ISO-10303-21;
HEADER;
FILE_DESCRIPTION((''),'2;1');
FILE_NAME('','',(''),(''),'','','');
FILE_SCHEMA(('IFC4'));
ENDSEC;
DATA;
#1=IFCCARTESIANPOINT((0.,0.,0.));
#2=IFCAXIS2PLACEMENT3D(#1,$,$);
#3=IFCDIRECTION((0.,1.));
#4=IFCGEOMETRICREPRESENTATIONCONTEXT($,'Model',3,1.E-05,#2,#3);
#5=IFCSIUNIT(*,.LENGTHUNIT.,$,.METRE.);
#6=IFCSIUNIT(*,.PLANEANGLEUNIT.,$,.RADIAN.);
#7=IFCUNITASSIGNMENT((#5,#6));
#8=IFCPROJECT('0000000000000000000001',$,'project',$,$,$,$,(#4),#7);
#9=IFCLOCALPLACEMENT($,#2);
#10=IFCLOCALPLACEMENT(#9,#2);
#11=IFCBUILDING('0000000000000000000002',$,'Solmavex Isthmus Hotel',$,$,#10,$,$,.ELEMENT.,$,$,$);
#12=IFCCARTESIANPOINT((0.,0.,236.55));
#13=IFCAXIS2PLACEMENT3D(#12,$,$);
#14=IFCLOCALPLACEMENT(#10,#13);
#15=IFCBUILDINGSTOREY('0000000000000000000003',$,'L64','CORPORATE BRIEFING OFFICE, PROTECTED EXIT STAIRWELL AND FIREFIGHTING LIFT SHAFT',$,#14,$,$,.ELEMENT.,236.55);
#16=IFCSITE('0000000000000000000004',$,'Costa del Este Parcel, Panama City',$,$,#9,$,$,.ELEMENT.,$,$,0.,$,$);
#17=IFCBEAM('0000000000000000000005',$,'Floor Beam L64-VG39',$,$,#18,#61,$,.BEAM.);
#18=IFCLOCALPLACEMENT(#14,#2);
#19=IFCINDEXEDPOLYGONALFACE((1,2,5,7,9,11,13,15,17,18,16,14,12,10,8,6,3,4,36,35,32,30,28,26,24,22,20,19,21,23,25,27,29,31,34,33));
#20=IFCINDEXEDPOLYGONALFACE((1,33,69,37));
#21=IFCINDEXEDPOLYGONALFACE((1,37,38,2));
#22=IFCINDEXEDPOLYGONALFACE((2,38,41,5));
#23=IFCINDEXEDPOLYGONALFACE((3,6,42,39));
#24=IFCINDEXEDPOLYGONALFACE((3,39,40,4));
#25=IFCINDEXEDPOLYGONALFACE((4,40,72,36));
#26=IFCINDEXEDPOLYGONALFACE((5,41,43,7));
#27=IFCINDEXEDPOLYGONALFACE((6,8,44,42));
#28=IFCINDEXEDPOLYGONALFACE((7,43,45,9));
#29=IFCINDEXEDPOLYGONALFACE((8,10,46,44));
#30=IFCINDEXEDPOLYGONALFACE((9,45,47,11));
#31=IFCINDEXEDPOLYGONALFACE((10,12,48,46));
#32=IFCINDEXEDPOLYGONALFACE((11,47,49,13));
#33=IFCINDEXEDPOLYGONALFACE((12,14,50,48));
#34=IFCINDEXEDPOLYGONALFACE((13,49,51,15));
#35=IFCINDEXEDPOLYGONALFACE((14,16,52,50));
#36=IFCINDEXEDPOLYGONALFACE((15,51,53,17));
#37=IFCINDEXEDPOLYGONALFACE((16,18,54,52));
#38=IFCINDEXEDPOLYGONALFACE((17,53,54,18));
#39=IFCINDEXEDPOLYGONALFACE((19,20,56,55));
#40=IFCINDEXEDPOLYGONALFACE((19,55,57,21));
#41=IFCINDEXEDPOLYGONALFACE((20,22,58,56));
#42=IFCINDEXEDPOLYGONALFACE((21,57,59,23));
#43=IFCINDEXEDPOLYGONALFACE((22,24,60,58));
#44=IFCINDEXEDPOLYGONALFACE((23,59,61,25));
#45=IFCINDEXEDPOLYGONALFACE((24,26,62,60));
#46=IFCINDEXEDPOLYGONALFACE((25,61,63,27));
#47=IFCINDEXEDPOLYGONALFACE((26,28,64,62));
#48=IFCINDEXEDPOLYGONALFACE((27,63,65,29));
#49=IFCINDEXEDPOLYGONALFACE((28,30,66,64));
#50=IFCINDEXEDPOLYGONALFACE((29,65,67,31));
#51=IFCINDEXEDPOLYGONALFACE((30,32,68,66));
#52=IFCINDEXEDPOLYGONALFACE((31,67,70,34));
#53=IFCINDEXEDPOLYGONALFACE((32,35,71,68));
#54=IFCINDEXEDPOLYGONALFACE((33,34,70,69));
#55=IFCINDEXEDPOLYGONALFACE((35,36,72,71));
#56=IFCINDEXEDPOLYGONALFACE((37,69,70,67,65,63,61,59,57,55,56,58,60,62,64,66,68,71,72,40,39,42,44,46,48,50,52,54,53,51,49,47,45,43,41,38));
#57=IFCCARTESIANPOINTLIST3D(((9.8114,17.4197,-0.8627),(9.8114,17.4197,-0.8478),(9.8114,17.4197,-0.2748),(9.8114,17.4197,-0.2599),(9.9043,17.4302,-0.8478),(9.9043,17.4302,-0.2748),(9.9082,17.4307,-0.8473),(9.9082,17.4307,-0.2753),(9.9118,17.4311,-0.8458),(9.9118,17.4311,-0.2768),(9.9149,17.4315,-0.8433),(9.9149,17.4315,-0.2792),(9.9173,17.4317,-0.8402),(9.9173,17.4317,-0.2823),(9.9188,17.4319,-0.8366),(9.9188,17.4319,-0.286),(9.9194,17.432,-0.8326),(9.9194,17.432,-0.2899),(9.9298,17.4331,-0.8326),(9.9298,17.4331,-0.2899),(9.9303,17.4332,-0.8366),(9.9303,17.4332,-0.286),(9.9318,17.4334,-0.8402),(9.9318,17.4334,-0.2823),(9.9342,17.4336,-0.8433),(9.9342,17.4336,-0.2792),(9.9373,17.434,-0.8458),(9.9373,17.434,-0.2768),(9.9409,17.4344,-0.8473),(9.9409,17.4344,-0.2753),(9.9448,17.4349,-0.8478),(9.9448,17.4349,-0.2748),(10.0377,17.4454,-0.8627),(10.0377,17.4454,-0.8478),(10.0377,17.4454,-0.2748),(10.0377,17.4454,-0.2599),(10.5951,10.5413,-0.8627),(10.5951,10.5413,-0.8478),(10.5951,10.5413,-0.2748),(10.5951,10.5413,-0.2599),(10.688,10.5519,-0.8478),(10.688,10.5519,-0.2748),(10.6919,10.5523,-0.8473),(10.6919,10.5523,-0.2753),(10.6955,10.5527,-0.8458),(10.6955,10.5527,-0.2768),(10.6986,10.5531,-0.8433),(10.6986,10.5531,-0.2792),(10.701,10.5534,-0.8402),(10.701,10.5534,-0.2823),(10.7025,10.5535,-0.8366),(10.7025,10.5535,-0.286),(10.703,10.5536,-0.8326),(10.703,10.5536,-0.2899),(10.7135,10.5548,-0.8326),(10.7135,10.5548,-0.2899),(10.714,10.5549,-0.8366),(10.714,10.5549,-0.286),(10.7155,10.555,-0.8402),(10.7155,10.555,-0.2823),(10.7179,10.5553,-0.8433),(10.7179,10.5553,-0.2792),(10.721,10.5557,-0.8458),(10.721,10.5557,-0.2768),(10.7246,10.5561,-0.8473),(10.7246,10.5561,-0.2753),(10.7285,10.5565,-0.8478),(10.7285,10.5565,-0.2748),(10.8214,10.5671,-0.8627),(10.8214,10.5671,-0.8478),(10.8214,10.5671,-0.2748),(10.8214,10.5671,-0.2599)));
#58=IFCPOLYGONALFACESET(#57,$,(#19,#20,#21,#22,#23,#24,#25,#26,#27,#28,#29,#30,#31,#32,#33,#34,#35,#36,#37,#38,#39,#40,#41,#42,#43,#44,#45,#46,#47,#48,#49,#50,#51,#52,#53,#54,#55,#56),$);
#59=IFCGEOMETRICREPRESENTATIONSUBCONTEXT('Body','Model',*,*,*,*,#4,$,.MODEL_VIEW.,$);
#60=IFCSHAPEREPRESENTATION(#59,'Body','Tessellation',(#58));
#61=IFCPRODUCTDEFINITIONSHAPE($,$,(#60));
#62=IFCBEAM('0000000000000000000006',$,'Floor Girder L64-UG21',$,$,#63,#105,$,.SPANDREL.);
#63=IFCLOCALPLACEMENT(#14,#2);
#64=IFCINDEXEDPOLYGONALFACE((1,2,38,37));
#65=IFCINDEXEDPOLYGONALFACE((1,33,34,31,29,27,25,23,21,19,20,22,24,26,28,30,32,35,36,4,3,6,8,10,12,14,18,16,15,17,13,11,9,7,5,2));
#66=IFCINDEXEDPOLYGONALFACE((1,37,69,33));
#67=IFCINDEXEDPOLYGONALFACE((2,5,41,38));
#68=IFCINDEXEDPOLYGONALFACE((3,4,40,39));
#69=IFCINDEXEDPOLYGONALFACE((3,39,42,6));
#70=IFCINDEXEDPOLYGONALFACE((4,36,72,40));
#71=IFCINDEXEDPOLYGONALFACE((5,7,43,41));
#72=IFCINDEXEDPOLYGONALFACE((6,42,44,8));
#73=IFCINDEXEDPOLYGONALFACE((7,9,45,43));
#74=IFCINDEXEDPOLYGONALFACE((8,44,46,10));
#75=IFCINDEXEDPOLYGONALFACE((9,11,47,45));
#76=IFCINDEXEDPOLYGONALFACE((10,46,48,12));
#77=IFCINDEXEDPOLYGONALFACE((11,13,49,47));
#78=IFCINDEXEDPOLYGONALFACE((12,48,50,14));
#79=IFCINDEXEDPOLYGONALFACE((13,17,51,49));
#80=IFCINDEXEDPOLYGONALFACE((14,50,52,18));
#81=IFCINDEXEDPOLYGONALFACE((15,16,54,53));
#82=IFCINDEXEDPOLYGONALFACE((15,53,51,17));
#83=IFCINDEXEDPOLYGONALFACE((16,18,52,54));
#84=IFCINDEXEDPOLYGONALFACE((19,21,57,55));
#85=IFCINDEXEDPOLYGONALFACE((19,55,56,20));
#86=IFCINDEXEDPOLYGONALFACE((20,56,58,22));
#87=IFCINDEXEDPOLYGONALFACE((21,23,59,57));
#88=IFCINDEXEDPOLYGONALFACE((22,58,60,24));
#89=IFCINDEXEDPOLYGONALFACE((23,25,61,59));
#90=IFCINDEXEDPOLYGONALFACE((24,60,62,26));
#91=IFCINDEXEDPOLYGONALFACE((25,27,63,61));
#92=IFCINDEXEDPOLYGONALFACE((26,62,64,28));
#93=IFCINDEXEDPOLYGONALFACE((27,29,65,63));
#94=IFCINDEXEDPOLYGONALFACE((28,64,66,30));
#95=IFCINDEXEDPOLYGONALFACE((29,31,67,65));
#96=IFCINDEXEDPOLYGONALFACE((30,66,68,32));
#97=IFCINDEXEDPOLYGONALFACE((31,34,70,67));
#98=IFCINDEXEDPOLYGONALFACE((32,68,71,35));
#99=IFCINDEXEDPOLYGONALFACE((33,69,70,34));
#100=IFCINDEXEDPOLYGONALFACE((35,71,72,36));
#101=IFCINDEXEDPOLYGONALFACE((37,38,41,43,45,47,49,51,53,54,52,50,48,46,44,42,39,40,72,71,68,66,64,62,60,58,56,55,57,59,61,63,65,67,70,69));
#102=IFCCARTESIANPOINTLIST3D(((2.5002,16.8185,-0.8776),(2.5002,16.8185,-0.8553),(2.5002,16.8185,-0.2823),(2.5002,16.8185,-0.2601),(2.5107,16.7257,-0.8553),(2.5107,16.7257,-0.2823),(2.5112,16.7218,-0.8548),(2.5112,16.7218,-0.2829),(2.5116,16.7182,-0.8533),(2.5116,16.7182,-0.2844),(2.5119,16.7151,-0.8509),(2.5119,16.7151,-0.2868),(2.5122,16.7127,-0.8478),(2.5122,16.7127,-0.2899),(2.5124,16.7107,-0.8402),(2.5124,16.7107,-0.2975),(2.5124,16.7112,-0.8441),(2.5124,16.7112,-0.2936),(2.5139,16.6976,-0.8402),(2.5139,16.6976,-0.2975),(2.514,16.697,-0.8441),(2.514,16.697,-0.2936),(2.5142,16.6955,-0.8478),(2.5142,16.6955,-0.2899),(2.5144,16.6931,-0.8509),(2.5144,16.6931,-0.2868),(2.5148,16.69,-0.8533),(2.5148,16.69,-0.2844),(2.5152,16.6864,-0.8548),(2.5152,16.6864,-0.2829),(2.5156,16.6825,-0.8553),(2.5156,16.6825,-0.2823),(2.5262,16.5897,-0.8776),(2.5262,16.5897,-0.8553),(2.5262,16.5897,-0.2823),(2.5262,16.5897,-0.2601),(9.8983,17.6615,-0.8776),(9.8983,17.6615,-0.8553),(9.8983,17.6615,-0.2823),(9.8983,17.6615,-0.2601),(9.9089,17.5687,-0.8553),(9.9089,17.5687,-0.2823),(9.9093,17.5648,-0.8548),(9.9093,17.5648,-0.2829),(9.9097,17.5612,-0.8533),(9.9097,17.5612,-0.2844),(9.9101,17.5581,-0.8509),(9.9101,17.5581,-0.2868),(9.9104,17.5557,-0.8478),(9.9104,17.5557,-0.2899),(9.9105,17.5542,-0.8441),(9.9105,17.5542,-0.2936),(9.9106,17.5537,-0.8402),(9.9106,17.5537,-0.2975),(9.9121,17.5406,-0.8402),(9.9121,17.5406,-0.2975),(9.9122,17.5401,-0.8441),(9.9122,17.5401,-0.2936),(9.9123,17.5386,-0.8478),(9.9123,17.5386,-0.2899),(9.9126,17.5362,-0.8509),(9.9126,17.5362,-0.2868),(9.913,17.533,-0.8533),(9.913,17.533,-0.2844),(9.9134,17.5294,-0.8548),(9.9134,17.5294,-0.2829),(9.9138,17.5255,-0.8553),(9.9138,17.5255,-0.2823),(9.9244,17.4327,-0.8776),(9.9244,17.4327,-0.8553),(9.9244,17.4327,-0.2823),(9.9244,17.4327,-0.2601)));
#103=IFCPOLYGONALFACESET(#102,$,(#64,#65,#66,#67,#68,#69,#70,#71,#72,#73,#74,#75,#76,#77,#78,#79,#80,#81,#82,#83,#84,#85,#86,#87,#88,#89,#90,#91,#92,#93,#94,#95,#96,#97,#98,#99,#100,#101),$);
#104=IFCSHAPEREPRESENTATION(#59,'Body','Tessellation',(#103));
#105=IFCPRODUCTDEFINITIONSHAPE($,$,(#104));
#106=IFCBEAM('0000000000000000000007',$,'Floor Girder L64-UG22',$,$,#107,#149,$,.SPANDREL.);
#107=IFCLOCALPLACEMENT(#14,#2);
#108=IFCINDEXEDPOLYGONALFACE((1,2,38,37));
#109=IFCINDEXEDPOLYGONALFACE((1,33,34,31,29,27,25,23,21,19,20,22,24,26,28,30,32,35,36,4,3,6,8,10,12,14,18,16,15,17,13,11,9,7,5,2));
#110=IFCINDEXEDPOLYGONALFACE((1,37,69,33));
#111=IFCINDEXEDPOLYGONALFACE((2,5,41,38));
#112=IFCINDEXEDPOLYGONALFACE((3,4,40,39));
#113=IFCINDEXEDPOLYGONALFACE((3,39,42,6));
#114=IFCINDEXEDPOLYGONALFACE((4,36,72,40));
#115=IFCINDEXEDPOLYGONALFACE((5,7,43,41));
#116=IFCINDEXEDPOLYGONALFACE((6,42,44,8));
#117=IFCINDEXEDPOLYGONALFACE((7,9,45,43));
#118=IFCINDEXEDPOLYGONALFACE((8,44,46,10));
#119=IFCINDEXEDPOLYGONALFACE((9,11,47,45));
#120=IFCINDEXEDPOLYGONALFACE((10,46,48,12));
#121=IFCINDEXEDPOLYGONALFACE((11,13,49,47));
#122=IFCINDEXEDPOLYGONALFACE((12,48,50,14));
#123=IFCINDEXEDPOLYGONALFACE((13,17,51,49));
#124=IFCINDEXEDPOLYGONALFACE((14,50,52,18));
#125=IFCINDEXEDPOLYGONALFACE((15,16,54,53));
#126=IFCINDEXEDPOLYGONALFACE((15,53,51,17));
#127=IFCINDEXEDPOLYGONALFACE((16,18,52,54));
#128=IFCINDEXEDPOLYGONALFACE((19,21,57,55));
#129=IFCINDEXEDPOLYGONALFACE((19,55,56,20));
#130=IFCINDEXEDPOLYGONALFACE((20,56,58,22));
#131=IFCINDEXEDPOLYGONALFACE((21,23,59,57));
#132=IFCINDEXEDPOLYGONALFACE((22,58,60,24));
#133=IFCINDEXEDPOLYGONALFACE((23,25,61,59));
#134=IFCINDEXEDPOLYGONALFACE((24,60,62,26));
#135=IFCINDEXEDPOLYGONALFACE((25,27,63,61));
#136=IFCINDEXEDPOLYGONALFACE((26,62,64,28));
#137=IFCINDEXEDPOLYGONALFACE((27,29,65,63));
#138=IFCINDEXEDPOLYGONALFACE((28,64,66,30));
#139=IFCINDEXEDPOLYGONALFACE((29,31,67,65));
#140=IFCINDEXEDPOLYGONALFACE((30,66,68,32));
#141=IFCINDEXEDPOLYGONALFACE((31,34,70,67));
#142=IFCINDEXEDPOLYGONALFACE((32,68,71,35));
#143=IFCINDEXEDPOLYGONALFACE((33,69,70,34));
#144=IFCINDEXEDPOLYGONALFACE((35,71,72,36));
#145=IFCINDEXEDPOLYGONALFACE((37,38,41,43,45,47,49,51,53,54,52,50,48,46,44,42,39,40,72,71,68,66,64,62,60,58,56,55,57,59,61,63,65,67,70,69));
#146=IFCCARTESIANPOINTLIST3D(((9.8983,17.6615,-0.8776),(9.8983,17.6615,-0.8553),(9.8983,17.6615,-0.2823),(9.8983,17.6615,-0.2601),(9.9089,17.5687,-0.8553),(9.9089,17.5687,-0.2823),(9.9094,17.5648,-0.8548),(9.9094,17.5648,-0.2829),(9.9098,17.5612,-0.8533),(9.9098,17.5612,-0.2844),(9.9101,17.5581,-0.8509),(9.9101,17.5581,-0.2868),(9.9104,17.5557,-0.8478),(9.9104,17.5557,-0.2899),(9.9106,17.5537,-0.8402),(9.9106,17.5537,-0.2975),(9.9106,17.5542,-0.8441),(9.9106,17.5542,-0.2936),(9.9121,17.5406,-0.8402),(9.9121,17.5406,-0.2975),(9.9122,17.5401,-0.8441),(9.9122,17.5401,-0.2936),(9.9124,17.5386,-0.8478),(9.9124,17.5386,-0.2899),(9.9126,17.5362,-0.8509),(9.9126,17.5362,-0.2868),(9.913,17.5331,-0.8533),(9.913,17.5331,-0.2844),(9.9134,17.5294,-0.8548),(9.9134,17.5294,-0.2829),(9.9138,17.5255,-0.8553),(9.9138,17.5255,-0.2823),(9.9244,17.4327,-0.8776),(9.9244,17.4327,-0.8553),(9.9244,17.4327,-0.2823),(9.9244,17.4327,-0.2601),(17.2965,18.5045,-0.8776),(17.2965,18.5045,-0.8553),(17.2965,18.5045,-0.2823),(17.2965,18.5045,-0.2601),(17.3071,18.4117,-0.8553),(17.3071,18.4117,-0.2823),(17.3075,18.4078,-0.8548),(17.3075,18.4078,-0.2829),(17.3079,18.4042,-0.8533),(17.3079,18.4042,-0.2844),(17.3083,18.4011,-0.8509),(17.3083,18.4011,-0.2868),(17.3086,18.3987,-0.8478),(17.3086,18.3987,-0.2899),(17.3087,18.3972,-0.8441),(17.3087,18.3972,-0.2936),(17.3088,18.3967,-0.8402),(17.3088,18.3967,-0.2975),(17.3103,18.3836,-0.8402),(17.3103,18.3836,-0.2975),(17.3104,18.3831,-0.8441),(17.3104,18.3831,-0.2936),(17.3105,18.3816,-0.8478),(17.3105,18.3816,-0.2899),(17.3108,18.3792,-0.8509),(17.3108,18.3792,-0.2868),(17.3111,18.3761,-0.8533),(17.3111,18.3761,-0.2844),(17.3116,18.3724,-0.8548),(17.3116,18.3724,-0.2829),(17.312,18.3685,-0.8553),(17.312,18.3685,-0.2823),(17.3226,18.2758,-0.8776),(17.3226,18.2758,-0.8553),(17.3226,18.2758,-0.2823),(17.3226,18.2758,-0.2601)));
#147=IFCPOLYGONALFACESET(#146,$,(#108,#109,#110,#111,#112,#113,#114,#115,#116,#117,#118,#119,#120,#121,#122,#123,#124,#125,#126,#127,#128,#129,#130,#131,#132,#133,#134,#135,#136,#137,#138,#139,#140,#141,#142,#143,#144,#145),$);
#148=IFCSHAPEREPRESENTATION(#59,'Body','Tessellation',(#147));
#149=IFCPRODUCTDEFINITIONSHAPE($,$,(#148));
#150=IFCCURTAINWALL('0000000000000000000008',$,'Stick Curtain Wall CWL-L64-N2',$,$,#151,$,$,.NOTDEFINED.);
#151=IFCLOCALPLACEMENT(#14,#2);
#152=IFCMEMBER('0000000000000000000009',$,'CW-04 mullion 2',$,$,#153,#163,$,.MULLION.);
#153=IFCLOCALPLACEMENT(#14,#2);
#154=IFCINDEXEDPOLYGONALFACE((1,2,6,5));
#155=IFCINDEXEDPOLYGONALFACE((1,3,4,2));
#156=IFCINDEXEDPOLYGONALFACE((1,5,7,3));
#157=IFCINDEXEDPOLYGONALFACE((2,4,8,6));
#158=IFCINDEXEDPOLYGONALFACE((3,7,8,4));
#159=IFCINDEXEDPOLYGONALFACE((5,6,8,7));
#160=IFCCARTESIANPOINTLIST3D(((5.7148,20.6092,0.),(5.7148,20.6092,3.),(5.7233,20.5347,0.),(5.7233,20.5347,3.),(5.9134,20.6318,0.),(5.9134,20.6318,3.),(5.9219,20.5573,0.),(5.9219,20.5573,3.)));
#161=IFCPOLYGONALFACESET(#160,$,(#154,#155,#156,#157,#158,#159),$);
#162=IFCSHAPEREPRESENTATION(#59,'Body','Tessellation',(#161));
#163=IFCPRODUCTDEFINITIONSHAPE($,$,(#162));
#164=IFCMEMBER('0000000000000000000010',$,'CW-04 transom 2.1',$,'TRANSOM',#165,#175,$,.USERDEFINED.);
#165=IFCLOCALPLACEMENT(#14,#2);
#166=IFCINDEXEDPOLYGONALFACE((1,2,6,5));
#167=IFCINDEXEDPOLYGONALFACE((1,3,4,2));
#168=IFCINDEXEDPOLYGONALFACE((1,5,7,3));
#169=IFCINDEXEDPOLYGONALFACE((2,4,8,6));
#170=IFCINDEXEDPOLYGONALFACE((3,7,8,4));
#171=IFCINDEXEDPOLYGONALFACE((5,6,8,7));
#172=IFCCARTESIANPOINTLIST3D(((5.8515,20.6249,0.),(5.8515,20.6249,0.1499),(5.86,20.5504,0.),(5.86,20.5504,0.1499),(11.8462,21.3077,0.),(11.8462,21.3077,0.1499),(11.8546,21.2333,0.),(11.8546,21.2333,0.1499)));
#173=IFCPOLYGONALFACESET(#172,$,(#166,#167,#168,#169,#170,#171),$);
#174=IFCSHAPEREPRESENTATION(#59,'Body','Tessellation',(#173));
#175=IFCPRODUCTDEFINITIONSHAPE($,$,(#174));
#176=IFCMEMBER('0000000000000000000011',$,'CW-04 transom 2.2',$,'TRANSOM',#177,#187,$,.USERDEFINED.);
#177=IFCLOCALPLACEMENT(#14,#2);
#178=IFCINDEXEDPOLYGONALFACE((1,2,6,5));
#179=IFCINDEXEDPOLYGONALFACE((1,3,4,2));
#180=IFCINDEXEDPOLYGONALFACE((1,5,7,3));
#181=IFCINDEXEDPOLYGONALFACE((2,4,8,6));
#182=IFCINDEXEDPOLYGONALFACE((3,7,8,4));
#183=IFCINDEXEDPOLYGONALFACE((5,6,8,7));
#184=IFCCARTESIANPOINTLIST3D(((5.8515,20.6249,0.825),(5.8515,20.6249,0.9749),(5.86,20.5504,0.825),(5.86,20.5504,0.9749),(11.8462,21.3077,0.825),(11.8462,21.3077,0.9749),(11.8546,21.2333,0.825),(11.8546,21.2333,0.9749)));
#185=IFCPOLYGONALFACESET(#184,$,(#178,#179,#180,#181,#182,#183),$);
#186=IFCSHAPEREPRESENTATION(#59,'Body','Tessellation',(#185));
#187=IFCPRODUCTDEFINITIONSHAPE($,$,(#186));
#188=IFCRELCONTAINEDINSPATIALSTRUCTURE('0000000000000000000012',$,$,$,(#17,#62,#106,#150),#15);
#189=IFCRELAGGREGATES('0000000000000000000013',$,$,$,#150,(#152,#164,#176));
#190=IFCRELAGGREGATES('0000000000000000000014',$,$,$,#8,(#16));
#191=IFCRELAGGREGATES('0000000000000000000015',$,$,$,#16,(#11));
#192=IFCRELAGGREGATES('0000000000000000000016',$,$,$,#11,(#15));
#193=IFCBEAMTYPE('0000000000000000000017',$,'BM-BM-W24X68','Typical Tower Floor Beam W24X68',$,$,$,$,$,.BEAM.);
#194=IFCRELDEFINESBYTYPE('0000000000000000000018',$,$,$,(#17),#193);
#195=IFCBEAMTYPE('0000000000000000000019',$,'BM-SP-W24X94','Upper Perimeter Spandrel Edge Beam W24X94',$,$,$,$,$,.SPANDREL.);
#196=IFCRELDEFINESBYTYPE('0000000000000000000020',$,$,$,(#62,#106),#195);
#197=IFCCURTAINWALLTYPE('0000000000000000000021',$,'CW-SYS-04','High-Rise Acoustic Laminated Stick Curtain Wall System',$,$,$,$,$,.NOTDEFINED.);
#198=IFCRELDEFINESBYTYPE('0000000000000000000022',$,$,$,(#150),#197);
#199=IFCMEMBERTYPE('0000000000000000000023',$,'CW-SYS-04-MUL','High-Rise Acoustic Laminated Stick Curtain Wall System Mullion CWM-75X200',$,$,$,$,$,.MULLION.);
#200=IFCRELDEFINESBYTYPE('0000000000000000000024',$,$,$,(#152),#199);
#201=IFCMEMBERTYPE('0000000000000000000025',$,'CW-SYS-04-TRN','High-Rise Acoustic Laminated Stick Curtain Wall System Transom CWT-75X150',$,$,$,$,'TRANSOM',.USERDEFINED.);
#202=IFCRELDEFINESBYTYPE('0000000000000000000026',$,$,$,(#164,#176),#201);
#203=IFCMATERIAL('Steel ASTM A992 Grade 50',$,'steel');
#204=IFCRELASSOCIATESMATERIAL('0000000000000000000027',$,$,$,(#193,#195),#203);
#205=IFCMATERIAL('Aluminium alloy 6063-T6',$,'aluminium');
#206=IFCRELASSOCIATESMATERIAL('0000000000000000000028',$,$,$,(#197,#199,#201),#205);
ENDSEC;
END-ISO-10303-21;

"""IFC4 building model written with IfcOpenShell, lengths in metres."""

from ifc_helpers import new_model, si_unit, direction, frame, origin, origin_2d, place, context, subcontext, project, spatial, rectangle, i_section, extrude, material, material_profile, profile_set, type_object, element, aggregate, save


model = new_model("IFC4")

# Units and contexts
model_context = context("Model", 3, precision=1e-05, world=origin(), true_north=direction((0.0, 1.0)))
body_context = subcontext(model_context, "Body", "Model", "MODEL_VIEW")
ifc_project = project(units=[si_unit("LENGTHUNIT", "METRE"), si_unit("PLANEANGLEUNIT", "RADIAN")], contexts=[model_context])

# Site, building, storey
site_placement = place(None, origin())
site = spatial("IfcSite", under=ifc_project, at=site_placement, Name="Costa del Este Parcel, Panama City", CompositionType="ELEMENT", RefElevation=0.0)
building_placement = place(site_placement, origin())
building = spatial("IfcBuilding", under=site, at=building_placement, Name="Solmavex Isthmus Hotel", CompositionType="ELEMENT")
storey_placement = place(building_placement, frame((0.0, 0.0, 236.55)))
storey = spatial("IfcBuildingStorey", under=building, at=storey_placement, Name="L64", Description="CORPORATE BRIEFING OFFICE, PROTECTED EXIT STAIRWELL AND FIREFIGHTING LIFT SHAFT", CompositionType="ELEMENT", Elevation=236.55)

# Beams
ifc_material_1 = material(Name="Steel ASTM A992 Grade 50", Category="steel")
ifc_material_profile_1 = material_profile(ifc_material_1, i_section(OverallWidth=0.2278, OverallDepth=0.6028, WebThickness=0.0105, FlangeThickness=0.0149, FilletRadius=0.0151, at=origin_2d()), Name="W24X68")
ifc_profile_set_1 = profile_set([ifc_material_profile_1], Name="Steel ASTM A992 Grade 50")
beam_type_1 = type_object("IfcBeamType", Name="BM-BM-W24X68", Description="Typical Tower Floor Beam W24X68", PredefinedType="BEAM", material=ifc_profile_set_1)
for number, where, z_axis, x_axis, name in (
    (1, (10.7083, 10.5542, -0.5613), (-0.113202, 0.993572, 0.0), (-0.993572, -0.113202, 0.0), "Floor Beam L64-VG39"),
):
    element("IfcBeam", number, at=place(storey_placement, frame(where, z_axis=z_axis, x_axis=x_axis)), inside=storey, type_object=beam_type_1, Name=name, PredefinedType="BEAM", context=body_context, shape_type="SweptSolid", body=[
        extrude(i_section(OverallWidth=0.2278, OverallDepth=0.6028, WebThickness=0.0105, FlangeThickness=0.0149, FilletRadius=0.0151, at=origin_2d()), origin(), (0.0, 0.0, 1.0), 6.9229),
    ])
ifc_material_profile_2 = material_profile(ifc_material_1, i_section(OverallWidth=0.2302, OverallDepth=0.6174, WebThickness=0.0132, FlangeThickness=0.0222, FilletRadius=0.0151, at=origin_2d()), Name="W24X94")
ifc_profile_set_2 = profile_set([ifc_material_profile_2], Name="Steel ASTM A992 Grade 50")
beam_type_2 = type_object("IfcBeamType", Name="BM-SP-W24X94", Description="Upper Perimeter Spandrel Edge Beam W24X94", PredefinedType="SPANDREL", material=ifc_profile_set_2)
for number, where, z_axis, x_axis, name in (
    (2, (2.5132, 16.7041, -0.5688), (0.99357, 0.113216, 0.0), (-0.113216, 0.99357, 0.0), "Floor Girder L64-UG21"),
    (3, (9.9114, 17.5471, -0.5688), (0.99357, 0.113216, 0.0), (-0.113216, 0.99357, 0.0), "Floor Girder L64-UG22"),
):
    element("IfcBeam", number, at=place(storey_placement, frame(where, z_axis=z_axis, x_axis=x_axis)), inside=storey, type_object=beam_type_2, Name=name, PredefinedType="SPANDREL", context=body_context, shape_type="SweptSolid", body=[
        extrude(i_section(OverallWidth=0.2302, OverallDepth=0.6174, WebThickness=0.0132, FlangeThickness=0.0222, FilletRadius=0.0151, at=origin_2d()), origin(), (0.0, 0.0, 1.0), 7.446),
    ])

# Curtain wall, members
ifc_material_2 = material(Name="Aluminium alloy 6063-T6", Category="aluminium")
curtain_wall_type = type_object("IfcCurtainWallType", Name="CW-SYS-04", Description="High-Rise Acoustic Laminated Stick Curtain Wall System", PredefinedType="NOTDEFINED", material=ifc_material_2)
curtain_wall_placement = place(storey_placement, origin())
curtain_wall = element("IfcCurtainWall", 4, at=curtain_wall_placement, inside=storey, type_object=curtain_wall_type, Name="Stick Curtain Wall CWL-L64-N2", PredefinedType="NOTDEFINED")
ifc_material_profile_3 = material_profile(ifc_material_2, rectangle(XDim=0.075, YDim=0.2, at=origin_2d()), Name="CWM-75X200")
ifc_profile_set_3 = profile_set([ifc_material_profile_3], Name="Aluminium alloy 6063-T6")
member_type_1 = type_object("IfcMemberType", Name="CW-SYS-04-MUL", Description="High-Rise Acoustic Laminated Stick Curtain Wall System Mullion CWM-75X200", PredefinedType="MULLION", material=ifc_profile_set_3)
member_1_placement = place(storey_placement, frame((5.8184, 20.5833, 0.0), z_axis=(0.0, 0.0, 1.0), x_axis=(-0.113203, 0.993572, 0.0)))
member_1 = element("IfcMember", 5, at=member_1_placement, type_object=member_type_1, Name="CW-04 mullion 2", PredefinedType="MULLION", context=body_context, shape_type="SweptSolid", body=[
    extrude(rectangle(XDim=0.075, YDim=0.2, at=origin_2d()), origin(), (0.0, 0.0, 1.0), 3.0),
])
ifc_material_profile_4 = material_profile(ifc_material_2, rectangle(XDim=0.075, YDim=0.1499, at=origin_2d()), Name="CWT-75X150")
ifc_profile_set_4 = profile_set([ifc_material_profile_4], Name="Aluminium alloy 6063-T6")
member_type_2 = type_object("IfcMemberType", Name="CW-SYS-04-TRN", Description="High-Rise Acoustic Laminated Stick Curtain Wall System Transom CWT-75X150", ElementType="TRANSOM", PredefinedType="USERDEFINED", material=ifc_profile_set_4)
member_2_placement = place(storey_placement, frame((5.8557, 20.5876, 0.075), z_axis=(0.993574, 0.11318, 0.0), x_axis=(-0.11318, 0.993574, 0.0)))
member_2 = element("IfcMember", 6, at=member_2_placement, type_object=member_type_2, Name="CW-04 transom 2.1", ObjectType="TRANSOM", PredefinedType="USERDEFINED", context=body_context, shape_type="SweptSolid", body=[
    extrude(rectangle(XDim=0.075, YDim=0.1499, at=origin_2d()), origin(), (0.0, 0.0, 1.0), 6.0334),
])
member_3_placement = place(storey_placement, frame((5.8557, 20.5876, 0.8999), z_axis=(0.993574, 0.11318, 0.0), x_axis=(-0.11318, 0.993574, 0.0)))
member_3 = element("IfcMember", 7, at=member_3_placement, type_object=member_type_2, Name="CW-04 transom 2.2", ObjectType="TRANSOM", PredefinedType="USERDEFINED", context=body_context, shape_type="SweptSolid", body=[
    extrude(rectangle(XDim=0.075, YDim=0.1499, at=origin_2d()), origin(), (0.0, 0.0, 1.0), 6.0334),
])
aggregate(curtain_wall, [member_1, member_2, member_3])

save(model, "model.ifc")
